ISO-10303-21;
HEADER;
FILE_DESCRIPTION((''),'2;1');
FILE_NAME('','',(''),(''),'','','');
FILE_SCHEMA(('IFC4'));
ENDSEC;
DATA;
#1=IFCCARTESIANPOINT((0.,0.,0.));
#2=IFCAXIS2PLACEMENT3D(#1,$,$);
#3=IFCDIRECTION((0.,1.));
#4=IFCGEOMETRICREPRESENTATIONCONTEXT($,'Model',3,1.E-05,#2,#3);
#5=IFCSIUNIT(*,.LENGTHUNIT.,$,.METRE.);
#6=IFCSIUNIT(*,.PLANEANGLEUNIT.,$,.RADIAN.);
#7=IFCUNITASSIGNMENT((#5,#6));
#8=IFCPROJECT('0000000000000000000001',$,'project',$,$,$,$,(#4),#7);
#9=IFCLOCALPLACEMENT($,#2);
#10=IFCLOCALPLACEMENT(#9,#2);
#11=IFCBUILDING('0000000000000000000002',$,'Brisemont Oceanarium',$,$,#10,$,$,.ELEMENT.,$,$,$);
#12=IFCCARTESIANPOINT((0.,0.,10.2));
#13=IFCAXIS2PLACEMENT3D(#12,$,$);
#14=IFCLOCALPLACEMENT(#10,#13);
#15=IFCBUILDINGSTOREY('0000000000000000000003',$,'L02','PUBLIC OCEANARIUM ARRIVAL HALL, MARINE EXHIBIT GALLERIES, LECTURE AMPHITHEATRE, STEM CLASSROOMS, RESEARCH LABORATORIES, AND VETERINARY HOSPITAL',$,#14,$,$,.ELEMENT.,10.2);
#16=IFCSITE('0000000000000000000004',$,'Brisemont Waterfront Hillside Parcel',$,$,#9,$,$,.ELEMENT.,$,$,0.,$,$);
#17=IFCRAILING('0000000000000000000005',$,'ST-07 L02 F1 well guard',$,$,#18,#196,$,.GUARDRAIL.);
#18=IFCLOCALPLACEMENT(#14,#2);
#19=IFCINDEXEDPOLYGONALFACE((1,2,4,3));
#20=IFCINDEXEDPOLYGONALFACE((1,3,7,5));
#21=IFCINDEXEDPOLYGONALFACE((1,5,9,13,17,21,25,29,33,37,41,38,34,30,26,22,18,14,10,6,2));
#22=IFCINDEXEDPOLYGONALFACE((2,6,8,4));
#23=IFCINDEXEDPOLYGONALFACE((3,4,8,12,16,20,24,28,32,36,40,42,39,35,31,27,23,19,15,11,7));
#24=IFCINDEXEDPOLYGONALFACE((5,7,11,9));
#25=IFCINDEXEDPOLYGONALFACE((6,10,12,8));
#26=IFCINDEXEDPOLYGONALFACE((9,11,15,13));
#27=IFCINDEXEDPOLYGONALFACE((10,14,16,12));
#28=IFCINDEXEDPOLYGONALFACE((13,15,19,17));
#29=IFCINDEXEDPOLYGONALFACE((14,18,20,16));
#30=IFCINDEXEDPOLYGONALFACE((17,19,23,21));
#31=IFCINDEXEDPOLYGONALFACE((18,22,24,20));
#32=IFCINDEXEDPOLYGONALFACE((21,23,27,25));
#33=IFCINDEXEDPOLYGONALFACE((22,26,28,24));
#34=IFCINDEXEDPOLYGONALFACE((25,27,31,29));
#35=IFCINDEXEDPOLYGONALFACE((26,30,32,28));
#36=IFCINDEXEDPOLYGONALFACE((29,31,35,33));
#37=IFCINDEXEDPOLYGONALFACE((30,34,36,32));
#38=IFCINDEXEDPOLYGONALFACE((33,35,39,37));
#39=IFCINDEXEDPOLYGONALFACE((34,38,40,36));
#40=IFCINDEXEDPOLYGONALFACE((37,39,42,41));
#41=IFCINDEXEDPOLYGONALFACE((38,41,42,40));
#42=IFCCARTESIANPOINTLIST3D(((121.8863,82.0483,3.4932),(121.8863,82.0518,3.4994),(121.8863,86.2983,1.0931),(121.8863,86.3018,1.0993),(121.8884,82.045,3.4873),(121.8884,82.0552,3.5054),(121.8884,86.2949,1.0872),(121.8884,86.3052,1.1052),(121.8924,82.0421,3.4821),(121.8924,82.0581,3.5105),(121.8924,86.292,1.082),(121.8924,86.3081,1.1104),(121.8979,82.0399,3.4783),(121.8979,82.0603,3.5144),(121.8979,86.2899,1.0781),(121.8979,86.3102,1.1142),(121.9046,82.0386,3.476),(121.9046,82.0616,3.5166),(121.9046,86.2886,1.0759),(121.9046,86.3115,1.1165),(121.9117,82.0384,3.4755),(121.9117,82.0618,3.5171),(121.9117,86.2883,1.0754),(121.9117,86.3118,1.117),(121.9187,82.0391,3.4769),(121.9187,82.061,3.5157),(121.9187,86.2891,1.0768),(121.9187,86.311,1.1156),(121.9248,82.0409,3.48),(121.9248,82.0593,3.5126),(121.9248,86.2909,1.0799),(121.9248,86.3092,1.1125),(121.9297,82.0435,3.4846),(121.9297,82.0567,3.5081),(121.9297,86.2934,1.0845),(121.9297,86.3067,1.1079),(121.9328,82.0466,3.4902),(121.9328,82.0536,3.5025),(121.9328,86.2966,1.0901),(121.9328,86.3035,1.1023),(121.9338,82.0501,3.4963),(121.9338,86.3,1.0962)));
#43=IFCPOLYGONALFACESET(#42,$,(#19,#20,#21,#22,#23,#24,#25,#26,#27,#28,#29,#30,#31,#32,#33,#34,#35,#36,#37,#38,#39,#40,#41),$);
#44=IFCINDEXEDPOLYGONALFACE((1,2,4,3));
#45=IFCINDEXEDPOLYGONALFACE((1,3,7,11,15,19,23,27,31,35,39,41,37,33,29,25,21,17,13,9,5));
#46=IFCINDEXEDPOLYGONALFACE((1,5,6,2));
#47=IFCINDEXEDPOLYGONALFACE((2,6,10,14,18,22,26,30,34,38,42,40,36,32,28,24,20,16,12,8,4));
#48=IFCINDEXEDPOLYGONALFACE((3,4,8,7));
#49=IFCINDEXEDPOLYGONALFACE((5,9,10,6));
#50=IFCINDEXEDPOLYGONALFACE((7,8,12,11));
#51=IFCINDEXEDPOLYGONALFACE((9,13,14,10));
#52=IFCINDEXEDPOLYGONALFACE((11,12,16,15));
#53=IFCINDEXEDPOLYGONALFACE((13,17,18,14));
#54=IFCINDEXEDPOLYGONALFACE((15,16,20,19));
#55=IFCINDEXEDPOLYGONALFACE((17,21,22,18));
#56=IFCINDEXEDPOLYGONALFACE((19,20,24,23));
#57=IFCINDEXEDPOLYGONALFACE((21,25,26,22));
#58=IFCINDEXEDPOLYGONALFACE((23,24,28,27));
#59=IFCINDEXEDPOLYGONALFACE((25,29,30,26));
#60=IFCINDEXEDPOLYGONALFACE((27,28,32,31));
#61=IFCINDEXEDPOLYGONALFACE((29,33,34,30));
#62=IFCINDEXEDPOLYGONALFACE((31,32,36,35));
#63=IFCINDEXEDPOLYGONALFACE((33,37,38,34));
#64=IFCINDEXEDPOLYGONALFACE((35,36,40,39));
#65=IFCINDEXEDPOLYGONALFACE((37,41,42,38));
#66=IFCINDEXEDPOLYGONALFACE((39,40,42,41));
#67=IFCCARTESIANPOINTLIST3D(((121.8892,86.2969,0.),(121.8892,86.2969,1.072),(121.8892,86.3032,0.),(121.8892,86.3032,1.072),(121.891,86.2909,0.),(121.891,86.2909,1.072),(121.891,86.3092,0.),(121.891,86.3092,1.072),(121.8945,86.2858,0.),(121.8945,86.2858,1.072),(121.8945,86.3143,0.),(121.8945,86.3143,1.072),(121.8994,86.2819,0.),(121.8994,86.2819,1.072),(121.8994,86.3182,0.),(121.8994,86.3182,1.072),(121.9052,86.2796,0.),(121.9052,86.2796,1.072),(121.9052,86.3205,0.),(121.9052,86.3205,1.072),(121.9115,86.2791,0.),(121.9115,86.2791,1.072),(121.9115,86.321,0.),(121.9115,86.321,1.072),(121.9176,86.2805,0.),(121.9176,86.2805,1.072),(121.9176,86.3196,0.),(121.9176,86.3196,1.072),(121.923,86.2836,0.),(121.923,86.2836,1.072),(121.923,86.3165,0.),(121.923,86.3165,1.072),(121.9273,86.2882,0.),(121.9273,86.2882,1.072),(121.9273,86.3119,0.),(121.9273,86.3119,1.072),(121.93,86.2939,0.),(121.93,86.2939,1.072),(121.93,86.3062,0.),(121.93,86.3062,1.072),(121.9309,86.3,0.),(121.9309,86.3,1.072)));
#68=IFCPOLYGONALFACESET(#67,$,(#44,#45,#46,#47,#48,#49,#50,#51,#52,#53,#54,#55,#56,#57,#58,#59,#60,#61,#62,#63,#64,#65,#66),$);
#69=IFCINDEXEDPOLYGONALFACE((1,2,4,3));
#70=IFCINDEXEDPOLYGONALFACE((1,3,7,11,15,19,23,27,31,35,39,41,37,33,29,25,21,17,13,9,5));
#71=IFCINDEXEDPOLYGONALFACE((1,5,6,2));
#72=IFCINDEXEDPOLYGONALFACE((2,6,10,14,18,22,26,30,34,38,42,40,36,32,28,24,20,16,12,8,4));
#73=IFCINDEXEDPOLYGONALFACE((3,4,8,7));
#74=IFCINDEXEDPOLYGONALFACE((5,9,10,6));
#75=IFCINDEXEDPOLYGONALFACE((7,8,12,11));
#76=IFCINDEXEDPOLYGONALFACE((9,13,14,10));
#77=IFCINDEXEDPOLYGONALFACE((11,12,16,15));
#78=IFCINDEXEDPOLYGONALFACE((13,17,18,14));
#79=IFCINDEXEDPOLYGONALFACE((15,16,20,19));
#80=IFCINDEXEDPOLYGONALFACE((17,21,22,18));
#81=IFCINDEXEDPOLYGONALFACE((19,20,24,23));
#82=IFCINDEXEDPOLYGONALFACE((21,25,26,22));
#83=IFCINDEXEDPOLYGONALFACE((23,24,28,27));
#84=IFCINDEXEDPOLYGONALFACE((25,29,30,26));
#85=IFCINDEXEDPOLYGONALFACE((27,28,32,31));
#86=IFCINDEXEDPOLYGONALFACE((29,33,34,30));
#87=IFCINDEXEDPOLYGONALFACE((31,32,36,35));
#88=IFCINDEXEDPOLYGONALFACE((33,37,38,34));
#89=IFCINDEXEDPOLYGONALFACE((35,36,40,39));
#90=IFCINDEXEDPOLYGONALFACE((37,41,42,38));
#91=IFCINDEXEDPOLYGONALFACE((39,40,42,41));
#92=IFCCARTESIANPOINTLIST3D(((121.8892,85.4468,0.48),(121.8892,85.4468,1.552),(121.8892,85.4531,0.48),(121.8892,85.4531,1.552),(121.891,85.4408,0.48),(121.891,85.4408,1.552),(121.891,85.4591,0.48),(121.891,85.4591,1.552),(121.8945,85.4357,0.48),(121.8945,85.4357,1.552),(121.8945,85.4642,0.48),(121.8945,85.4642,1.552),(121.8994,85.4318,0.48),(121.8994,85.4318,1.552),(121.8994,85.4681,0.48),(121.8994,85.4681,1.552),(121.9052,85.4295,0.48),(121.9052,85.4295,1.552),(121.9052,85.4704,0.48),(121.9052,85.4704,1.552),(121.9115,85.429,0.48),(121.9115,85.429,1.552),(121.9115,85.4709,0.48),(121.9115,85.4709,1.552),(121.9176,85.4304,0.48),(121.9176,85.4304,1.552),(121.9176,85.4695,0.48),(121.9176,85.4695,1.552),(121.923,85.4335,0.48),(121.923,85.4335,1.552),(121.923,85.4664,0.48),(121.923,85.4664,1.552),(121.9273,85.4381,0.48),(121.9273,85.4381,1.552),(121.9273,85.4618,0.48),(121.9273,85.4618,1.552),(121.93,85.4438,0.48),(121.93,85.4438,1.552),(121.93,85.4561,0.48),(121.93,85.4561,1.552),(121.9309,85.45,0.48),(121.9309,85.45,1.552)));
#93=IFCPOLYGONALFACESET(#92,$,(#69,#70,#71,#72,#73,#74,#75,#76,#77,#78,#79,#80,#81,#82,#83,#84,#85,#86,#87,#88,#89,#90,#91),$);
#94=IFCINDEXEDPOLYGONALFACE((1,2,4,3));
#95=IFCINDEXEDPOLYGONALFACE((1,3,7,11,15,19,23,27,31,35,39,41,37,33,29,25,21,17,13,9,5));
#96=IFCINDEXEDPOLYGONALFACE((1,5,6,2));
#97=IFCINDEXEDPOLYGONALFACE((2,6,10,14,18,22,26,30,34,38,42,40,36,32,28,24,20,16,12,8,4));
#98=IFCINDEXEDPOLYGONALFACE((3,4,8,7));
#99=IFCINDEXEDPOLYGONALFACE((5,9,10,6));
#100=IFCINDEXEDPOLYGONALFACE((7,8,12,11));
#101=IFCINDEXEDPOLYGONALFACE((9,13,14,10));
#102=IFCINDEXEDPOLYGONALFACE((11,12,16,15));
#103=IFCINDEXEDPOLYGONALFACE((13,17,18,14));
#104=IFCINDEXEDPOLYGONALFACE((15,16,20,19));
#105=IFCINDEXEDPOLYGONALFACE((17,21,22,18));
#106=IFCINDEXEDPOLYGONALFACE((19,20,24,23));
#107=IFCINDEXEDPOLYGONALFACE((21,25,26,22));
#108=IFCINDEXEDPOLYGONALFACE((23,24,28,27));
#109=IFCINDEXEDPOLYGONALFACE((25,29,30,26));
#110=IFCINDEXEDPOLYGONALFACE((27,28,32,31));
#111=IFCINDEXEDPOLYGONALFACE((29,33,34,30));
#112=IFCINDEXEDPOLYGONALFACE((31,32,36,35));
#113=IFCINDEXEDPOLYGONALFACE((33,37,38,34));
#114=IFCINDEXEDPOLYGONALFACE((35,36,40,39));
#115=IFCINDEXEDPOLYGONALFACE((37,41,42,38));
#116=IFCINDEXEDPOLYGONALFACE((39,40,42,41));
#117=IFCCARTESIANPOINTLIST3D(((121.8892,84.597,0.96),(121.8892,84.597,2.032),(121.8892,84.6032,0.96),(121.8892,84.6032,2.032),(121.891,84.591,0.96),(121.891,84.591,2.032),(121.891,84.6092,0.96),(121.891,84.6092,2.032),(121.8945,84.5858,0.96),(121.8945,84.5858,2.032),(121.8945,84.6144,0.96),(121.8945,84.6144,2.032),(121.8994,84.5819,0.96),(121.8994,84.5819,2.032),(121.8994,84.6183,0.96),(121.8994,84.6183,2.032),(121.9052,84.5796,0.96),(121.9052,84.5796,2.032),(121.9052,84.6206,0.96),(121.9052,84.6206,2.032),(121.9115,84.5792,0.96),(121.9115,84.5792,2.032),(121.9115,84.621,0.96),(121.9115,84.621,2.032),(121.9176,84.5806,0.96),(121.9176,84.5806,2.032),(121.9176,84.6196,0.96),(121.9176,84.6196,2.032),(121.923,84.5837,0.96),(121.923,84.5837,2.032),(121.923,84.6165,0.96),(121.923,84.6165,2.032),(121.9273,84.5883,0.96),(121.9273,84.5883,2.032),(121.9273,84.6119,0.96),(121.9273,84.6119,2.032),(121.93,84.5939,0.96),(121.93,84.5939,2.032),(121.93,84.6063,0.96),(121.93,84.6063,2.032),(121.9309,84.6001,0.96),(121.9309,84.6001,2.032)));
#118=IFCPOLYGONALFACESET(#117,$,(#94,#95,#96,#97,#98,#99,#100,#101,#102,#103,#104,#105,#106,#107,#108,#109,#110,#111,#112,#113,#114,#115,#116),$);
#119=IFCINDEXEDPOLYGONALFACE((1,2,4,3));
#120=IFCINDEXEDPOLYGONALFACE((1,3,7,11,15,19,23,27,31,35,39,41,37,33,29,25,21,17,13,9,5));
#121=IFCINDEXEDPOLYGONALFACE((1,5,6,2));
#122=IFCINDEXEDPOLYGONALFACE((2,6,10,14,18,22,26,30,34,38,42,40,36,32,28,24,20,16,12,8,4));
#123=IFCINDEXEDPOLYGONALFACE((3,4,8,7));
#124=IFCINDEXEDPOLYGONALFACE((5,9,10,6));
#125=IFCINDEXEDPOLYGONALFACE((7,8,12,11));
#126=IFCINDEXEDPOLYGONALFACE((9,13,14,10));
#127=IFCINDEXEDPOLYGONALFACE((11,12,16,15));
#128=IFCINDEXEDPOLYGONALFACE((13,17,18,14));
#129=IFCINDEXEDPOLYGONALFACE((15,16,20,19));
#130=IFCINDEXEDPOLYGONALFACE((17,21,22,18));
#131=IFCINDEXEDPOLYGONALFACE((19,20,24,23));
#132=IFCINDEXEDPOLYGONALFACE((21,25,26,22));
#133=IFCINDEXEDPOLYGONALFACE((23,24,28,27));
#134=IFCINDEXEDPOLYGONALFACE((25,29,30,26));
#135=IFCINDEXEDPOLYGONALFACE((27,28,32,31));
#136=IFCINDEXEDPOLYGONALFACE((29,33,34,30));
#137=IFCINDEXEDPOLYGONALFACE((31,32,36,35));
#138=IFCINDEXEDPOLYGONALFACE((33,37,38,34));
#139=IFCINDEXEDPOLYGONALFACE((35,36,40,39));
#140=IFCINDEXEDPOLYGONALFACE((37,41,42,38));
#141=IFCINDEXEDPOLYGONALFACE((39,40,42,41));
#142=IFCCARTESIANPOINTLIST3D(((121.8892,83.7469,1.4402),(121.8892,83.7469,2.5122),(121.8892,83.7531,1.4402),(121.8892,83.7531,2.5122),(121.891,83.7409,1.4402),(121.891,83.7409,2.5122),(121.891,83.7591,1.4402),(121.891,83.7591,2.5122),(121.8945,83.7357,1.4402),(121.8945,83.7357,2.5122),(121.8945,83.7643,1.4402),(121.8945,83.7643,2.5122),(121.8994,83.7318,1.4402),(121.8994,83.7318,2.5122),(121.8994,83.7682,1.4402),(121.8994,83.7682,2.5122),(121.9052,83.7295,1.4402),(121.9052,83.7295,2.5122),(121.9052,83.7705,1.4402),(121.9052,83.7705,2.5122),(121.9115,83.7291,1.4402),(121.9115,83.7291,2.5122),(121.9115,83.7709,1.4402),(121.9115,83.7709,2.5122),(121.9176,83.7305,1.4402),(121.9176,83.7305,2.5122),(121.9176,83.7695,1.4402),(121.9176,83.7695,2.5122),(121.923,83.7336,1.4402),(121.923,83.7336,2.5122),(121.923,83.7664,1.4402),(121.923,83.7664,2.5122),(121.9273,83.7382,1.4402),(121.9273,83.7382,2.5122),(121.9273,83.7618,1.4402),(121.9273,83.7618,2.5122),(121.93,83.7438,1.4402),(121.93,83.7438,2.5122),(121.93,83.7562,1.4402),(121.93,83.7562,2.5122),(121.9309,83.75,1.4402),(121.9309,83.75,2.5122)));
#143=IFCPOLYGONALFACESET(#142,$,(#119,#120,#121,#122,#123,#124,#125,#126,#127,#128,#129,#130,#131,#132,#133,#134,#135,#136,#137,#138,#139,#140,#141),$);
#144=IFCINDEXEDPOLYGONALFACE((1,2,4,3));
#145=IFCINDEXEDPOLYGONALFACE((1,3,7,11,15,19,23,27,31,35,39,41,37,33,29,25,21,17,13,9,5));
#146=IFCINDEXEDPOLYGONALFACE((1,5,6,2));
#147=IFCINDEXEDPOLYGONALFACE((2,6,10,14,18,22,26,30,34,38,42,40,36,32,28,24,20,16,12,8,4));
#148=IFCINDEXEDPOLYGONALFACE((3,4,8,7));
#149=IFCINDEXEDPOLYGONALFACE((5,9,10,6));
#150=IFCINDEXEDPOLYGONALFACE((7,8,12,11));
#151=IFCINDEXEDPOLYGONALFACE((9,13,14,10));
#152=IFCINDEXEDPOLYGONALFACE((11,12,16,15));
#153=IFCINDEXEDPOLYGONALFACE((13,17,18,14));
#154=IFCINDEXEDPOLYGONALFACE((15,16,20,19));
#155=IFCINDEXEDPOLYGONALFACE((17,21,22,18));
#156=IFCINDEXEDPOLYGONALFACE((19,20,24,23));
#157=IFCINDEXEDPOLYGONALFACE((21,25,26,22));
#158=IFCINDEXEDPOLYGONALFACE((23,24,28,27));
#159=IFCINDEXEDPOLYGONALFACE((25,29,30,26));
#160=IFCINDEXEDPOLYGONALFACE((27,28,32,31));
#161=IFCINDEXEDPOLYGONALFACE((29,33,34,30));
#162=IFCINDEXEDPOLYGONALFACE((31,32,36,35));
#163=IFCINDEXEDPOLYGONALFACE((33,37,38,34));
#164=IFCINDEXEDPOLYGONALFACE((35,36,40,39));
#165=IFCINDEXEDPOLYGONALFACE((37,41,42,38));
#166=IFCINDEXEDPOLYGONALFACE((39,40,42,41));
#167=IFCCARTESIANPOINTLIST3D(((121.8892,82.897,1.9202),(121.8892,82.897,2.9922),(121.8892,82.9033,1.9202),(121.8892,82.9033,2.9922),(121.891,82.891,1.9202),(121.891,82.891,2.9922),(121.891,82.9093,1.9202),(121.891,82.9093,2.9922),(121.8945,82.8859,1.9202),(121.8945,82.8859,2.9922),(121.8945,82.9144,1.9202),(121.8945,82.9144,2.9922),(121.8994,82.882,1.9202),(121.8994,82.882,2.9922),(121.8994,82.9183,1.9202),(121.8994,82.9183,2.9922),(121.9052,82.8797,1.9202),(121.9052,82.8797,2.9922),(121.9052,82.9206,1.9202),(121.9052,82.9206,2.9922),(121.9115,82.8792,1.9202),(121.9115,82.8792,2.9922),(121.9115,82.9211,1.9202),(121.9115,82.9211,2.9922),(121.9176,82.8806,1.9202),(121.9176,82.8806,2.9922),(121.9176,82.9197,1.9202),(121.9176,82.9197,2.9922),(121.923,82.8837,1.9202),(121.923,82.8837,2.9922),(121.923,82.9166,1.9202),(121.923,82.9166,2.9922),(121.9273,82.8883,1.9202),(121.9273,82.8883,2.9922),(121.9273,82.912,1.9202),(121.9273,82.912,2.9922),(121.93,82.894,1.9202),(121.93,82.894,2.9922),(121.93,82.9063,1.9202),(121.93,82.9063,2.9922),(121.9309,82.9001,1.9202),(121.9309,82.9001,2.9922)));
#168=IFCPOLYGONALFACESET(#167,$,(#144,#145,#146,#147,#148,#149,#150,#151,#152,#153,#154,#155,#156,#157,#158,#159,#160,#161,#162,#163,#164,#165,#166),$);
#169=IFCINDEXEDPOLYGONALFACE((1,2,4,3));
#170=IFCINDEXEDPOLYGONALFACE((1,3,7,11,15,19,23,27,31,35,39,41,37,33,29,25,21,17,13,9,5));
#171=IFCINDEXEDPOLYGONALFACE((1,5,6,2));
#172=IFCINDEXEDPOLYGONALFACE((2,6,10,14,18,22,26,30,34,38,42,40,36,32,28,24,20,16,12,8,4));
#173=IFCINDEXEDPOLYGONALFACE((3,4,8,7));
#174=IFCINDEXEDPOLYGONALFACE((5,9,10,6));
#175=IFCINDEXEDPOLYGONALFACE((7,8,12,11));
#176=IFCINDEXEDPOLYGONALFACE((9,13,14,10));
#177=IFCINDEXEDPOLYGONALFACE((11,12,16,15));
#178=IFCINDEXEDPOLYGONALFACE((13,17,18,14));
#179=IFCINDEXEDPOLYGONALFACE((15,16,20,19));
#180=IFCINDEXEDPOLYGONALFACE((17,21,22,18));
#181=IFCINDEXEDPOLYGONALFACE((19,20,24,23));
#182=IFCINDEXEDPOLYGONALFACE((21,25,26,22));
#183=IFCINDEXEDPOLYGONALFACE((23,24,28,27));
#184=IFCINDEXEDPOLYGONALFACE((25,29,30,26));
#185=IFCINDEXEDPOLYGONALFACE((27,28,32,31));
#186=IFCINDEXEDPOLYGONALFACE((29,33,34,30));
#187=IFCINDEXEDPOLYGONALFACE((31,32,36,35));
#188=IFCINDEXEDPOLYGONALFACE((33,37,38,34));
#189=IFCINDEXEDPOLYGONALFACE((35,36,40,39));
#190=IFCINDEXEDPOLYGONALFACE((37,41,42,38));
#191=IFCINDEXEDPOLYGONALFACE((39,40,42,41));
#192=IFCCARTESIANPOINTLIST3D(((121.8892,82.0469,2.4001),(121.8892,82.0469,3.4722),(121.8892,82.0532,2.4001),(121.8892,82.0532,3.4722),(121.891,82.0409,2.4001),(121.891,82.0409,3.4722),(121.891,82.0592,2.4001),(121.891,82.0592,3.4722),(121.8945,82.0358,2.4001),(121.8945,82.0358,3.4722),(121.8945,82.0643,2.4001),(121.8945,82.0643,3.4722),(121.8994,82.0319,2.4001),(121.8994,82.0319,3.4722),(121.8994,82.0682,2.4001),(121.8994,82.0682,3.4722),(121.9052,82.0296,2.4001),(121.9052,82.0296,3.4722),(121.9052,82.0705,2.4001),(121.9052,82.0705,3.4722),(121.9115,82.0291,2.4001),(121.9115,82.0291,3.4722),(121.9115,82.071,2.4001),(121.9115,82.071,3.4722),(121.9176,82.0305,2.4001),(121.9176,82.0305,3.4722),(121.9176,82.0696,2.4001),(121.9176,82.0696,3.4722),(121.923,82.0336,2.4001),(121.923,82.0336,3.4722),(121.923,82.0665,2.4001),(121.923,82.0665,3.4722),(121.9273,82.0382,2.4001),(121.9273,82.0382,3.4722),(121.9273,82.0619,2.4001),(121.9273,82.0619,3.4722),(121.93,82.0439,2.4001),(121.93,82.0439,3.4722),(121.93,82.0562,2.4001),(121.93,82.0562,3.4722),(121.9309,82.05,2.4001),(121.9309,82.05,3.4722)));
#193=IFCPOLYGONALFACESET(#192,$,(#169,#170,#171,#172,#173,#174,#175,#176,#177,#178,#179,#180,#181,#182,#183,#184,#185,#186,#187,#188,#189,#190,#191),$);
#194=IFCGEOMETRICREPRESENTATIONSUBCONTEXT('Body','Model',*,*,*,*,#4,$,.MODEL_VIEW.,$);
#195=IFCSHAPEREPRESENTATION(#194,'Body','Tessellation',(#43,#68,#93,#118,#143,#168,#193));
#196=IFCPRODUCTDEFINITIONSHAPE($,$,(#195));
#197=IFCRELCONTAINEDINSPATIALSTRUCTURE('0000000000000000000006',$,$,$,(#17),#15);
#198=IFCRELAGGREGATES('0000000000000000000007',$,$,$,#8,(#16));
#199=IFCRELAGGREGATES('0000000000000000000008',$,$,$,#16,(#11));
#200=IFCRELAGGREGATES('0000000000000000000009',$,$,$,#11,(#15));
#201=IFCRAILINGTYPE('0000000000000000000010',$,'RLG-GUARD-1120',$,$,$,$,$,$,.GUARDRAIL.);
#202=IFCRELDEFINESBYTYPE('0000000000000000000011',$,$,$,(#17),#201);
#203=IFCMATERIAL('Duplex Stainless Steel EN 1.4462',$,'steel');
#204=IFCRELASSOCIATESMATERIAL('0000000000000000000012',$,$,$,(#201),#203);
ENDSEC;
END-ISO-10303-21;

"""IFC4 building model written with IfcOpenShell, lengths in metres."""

from ifc_helpers import new_model, si_unit, direction, frame, origin, origin_2d, place, context, subcontext, project, spatial, circle, extrude, material, type_object, element, save


model = new_model("IFC4")

# Units and contexts
model_context = context("Model", 3, precision=1e-05, world=origin(), true_north=direction((0.0, 1.0)))
body_context = subcontext(model_context, "Body", "Model", "MODEL_VIEW")
ifc_project = project(units=[si_unit("LENGTHUNIT", "METRE"), si_unit("PLANEANGLEUNIT", "RADIAN")], contexts=[model_context])

# Site, building, storey
site_placement = place(None, origin())
site = spatial("IfcSite", under=ifc_project, at=site_placement, Name="Brisemont Waterfront Hillside Parcel", CompositionType="ELEMENT", RefElevation=0.0)
building_placement = place(site_placement, origin())
building = spatial("IfcBuilding", under=site, at=building_placement, Name="Brisemont Oceanarium", CompositionType="ELEMENT")
storey_placement = place(building_placement, frame((0.0, 0.0, 10.2)))
storey = spatial("IfcBuildingStorey", under=building, at=storey_placement, Name="L02", Description="PUBLIC OCEANARIUM ARRIVAL HALL, MARINE EXHIBIT GALLERIES, LECTURE AMPHITHEATRE, STEM CLASSROOMS, RESEARCH LABORATORIES, AND VETERINARY HOSPITAL", CompositionType="ELEMENT", Elevation=10.2)

# Railing
ifc_material_1 = material(Name="Duplex Stainless Steel EN 1.4462", Category="steel")
railing_type_1 = type_object("IfcRailingType", Name="RLG-GUARD-1120", PredefinedType="GUARDRAIL", material=ifc_material_1)
railing_1_placement = place(storey_placement, frame((121.9099, 86.3, 0.0)))
element("IfcRailing", 1, at=railing_1_placement, inside=storey, type_object=railing_type_1, Name="ST-07 L02 F1 well guard", PredefinedType="GUARDRAIL", context=body_context, shape_type="SweptSolid", body=[
    extrude(circle(Radius=0.0239, at=origin_2d()), frame((0.0, 0.0, 1.0962), z_axis=(0.0, -0.870741, 0.491742), x_axis=(1.0, 0.0, 0.0)), (0.0, 0.0, 1.0), 4.8809),
    extrude(circle(Radius=0.021, at=origin_2d()), origin(), (0.0, 0.0, 1.0), 1.072),
    extrude(circle(Radius=0.021, at=origin_2d()), frame((0.0, -0.8501, 0.48)), (0.0, 0.0, 1.0), 1.072),
    extrude(circle(Radius=0.021, at=origin_2d()), frame((0.0, -1.7, 0.96)), (0.0, 0.0, 1.0), 1.072),
    extrude(circle(Radius=0.021, at=origin_2d()), frame((0.0, -2.55, 1.4402)), (0.0, 0.0, 1.0), 1.072),
    extrude(circle(Radius=0.021, at=origin_2d()), frame((0.0, -3.3999, 1.9202)), (0.0, 0.0, 1.0), 1.072),
    extrude(circle(Radius=0.021, at=origin_2d()), frame((0.0, -4.25, 2.4001)), (0.0, 0.0, 1.0), 1.072),
])

save(model, "model.ifc")
